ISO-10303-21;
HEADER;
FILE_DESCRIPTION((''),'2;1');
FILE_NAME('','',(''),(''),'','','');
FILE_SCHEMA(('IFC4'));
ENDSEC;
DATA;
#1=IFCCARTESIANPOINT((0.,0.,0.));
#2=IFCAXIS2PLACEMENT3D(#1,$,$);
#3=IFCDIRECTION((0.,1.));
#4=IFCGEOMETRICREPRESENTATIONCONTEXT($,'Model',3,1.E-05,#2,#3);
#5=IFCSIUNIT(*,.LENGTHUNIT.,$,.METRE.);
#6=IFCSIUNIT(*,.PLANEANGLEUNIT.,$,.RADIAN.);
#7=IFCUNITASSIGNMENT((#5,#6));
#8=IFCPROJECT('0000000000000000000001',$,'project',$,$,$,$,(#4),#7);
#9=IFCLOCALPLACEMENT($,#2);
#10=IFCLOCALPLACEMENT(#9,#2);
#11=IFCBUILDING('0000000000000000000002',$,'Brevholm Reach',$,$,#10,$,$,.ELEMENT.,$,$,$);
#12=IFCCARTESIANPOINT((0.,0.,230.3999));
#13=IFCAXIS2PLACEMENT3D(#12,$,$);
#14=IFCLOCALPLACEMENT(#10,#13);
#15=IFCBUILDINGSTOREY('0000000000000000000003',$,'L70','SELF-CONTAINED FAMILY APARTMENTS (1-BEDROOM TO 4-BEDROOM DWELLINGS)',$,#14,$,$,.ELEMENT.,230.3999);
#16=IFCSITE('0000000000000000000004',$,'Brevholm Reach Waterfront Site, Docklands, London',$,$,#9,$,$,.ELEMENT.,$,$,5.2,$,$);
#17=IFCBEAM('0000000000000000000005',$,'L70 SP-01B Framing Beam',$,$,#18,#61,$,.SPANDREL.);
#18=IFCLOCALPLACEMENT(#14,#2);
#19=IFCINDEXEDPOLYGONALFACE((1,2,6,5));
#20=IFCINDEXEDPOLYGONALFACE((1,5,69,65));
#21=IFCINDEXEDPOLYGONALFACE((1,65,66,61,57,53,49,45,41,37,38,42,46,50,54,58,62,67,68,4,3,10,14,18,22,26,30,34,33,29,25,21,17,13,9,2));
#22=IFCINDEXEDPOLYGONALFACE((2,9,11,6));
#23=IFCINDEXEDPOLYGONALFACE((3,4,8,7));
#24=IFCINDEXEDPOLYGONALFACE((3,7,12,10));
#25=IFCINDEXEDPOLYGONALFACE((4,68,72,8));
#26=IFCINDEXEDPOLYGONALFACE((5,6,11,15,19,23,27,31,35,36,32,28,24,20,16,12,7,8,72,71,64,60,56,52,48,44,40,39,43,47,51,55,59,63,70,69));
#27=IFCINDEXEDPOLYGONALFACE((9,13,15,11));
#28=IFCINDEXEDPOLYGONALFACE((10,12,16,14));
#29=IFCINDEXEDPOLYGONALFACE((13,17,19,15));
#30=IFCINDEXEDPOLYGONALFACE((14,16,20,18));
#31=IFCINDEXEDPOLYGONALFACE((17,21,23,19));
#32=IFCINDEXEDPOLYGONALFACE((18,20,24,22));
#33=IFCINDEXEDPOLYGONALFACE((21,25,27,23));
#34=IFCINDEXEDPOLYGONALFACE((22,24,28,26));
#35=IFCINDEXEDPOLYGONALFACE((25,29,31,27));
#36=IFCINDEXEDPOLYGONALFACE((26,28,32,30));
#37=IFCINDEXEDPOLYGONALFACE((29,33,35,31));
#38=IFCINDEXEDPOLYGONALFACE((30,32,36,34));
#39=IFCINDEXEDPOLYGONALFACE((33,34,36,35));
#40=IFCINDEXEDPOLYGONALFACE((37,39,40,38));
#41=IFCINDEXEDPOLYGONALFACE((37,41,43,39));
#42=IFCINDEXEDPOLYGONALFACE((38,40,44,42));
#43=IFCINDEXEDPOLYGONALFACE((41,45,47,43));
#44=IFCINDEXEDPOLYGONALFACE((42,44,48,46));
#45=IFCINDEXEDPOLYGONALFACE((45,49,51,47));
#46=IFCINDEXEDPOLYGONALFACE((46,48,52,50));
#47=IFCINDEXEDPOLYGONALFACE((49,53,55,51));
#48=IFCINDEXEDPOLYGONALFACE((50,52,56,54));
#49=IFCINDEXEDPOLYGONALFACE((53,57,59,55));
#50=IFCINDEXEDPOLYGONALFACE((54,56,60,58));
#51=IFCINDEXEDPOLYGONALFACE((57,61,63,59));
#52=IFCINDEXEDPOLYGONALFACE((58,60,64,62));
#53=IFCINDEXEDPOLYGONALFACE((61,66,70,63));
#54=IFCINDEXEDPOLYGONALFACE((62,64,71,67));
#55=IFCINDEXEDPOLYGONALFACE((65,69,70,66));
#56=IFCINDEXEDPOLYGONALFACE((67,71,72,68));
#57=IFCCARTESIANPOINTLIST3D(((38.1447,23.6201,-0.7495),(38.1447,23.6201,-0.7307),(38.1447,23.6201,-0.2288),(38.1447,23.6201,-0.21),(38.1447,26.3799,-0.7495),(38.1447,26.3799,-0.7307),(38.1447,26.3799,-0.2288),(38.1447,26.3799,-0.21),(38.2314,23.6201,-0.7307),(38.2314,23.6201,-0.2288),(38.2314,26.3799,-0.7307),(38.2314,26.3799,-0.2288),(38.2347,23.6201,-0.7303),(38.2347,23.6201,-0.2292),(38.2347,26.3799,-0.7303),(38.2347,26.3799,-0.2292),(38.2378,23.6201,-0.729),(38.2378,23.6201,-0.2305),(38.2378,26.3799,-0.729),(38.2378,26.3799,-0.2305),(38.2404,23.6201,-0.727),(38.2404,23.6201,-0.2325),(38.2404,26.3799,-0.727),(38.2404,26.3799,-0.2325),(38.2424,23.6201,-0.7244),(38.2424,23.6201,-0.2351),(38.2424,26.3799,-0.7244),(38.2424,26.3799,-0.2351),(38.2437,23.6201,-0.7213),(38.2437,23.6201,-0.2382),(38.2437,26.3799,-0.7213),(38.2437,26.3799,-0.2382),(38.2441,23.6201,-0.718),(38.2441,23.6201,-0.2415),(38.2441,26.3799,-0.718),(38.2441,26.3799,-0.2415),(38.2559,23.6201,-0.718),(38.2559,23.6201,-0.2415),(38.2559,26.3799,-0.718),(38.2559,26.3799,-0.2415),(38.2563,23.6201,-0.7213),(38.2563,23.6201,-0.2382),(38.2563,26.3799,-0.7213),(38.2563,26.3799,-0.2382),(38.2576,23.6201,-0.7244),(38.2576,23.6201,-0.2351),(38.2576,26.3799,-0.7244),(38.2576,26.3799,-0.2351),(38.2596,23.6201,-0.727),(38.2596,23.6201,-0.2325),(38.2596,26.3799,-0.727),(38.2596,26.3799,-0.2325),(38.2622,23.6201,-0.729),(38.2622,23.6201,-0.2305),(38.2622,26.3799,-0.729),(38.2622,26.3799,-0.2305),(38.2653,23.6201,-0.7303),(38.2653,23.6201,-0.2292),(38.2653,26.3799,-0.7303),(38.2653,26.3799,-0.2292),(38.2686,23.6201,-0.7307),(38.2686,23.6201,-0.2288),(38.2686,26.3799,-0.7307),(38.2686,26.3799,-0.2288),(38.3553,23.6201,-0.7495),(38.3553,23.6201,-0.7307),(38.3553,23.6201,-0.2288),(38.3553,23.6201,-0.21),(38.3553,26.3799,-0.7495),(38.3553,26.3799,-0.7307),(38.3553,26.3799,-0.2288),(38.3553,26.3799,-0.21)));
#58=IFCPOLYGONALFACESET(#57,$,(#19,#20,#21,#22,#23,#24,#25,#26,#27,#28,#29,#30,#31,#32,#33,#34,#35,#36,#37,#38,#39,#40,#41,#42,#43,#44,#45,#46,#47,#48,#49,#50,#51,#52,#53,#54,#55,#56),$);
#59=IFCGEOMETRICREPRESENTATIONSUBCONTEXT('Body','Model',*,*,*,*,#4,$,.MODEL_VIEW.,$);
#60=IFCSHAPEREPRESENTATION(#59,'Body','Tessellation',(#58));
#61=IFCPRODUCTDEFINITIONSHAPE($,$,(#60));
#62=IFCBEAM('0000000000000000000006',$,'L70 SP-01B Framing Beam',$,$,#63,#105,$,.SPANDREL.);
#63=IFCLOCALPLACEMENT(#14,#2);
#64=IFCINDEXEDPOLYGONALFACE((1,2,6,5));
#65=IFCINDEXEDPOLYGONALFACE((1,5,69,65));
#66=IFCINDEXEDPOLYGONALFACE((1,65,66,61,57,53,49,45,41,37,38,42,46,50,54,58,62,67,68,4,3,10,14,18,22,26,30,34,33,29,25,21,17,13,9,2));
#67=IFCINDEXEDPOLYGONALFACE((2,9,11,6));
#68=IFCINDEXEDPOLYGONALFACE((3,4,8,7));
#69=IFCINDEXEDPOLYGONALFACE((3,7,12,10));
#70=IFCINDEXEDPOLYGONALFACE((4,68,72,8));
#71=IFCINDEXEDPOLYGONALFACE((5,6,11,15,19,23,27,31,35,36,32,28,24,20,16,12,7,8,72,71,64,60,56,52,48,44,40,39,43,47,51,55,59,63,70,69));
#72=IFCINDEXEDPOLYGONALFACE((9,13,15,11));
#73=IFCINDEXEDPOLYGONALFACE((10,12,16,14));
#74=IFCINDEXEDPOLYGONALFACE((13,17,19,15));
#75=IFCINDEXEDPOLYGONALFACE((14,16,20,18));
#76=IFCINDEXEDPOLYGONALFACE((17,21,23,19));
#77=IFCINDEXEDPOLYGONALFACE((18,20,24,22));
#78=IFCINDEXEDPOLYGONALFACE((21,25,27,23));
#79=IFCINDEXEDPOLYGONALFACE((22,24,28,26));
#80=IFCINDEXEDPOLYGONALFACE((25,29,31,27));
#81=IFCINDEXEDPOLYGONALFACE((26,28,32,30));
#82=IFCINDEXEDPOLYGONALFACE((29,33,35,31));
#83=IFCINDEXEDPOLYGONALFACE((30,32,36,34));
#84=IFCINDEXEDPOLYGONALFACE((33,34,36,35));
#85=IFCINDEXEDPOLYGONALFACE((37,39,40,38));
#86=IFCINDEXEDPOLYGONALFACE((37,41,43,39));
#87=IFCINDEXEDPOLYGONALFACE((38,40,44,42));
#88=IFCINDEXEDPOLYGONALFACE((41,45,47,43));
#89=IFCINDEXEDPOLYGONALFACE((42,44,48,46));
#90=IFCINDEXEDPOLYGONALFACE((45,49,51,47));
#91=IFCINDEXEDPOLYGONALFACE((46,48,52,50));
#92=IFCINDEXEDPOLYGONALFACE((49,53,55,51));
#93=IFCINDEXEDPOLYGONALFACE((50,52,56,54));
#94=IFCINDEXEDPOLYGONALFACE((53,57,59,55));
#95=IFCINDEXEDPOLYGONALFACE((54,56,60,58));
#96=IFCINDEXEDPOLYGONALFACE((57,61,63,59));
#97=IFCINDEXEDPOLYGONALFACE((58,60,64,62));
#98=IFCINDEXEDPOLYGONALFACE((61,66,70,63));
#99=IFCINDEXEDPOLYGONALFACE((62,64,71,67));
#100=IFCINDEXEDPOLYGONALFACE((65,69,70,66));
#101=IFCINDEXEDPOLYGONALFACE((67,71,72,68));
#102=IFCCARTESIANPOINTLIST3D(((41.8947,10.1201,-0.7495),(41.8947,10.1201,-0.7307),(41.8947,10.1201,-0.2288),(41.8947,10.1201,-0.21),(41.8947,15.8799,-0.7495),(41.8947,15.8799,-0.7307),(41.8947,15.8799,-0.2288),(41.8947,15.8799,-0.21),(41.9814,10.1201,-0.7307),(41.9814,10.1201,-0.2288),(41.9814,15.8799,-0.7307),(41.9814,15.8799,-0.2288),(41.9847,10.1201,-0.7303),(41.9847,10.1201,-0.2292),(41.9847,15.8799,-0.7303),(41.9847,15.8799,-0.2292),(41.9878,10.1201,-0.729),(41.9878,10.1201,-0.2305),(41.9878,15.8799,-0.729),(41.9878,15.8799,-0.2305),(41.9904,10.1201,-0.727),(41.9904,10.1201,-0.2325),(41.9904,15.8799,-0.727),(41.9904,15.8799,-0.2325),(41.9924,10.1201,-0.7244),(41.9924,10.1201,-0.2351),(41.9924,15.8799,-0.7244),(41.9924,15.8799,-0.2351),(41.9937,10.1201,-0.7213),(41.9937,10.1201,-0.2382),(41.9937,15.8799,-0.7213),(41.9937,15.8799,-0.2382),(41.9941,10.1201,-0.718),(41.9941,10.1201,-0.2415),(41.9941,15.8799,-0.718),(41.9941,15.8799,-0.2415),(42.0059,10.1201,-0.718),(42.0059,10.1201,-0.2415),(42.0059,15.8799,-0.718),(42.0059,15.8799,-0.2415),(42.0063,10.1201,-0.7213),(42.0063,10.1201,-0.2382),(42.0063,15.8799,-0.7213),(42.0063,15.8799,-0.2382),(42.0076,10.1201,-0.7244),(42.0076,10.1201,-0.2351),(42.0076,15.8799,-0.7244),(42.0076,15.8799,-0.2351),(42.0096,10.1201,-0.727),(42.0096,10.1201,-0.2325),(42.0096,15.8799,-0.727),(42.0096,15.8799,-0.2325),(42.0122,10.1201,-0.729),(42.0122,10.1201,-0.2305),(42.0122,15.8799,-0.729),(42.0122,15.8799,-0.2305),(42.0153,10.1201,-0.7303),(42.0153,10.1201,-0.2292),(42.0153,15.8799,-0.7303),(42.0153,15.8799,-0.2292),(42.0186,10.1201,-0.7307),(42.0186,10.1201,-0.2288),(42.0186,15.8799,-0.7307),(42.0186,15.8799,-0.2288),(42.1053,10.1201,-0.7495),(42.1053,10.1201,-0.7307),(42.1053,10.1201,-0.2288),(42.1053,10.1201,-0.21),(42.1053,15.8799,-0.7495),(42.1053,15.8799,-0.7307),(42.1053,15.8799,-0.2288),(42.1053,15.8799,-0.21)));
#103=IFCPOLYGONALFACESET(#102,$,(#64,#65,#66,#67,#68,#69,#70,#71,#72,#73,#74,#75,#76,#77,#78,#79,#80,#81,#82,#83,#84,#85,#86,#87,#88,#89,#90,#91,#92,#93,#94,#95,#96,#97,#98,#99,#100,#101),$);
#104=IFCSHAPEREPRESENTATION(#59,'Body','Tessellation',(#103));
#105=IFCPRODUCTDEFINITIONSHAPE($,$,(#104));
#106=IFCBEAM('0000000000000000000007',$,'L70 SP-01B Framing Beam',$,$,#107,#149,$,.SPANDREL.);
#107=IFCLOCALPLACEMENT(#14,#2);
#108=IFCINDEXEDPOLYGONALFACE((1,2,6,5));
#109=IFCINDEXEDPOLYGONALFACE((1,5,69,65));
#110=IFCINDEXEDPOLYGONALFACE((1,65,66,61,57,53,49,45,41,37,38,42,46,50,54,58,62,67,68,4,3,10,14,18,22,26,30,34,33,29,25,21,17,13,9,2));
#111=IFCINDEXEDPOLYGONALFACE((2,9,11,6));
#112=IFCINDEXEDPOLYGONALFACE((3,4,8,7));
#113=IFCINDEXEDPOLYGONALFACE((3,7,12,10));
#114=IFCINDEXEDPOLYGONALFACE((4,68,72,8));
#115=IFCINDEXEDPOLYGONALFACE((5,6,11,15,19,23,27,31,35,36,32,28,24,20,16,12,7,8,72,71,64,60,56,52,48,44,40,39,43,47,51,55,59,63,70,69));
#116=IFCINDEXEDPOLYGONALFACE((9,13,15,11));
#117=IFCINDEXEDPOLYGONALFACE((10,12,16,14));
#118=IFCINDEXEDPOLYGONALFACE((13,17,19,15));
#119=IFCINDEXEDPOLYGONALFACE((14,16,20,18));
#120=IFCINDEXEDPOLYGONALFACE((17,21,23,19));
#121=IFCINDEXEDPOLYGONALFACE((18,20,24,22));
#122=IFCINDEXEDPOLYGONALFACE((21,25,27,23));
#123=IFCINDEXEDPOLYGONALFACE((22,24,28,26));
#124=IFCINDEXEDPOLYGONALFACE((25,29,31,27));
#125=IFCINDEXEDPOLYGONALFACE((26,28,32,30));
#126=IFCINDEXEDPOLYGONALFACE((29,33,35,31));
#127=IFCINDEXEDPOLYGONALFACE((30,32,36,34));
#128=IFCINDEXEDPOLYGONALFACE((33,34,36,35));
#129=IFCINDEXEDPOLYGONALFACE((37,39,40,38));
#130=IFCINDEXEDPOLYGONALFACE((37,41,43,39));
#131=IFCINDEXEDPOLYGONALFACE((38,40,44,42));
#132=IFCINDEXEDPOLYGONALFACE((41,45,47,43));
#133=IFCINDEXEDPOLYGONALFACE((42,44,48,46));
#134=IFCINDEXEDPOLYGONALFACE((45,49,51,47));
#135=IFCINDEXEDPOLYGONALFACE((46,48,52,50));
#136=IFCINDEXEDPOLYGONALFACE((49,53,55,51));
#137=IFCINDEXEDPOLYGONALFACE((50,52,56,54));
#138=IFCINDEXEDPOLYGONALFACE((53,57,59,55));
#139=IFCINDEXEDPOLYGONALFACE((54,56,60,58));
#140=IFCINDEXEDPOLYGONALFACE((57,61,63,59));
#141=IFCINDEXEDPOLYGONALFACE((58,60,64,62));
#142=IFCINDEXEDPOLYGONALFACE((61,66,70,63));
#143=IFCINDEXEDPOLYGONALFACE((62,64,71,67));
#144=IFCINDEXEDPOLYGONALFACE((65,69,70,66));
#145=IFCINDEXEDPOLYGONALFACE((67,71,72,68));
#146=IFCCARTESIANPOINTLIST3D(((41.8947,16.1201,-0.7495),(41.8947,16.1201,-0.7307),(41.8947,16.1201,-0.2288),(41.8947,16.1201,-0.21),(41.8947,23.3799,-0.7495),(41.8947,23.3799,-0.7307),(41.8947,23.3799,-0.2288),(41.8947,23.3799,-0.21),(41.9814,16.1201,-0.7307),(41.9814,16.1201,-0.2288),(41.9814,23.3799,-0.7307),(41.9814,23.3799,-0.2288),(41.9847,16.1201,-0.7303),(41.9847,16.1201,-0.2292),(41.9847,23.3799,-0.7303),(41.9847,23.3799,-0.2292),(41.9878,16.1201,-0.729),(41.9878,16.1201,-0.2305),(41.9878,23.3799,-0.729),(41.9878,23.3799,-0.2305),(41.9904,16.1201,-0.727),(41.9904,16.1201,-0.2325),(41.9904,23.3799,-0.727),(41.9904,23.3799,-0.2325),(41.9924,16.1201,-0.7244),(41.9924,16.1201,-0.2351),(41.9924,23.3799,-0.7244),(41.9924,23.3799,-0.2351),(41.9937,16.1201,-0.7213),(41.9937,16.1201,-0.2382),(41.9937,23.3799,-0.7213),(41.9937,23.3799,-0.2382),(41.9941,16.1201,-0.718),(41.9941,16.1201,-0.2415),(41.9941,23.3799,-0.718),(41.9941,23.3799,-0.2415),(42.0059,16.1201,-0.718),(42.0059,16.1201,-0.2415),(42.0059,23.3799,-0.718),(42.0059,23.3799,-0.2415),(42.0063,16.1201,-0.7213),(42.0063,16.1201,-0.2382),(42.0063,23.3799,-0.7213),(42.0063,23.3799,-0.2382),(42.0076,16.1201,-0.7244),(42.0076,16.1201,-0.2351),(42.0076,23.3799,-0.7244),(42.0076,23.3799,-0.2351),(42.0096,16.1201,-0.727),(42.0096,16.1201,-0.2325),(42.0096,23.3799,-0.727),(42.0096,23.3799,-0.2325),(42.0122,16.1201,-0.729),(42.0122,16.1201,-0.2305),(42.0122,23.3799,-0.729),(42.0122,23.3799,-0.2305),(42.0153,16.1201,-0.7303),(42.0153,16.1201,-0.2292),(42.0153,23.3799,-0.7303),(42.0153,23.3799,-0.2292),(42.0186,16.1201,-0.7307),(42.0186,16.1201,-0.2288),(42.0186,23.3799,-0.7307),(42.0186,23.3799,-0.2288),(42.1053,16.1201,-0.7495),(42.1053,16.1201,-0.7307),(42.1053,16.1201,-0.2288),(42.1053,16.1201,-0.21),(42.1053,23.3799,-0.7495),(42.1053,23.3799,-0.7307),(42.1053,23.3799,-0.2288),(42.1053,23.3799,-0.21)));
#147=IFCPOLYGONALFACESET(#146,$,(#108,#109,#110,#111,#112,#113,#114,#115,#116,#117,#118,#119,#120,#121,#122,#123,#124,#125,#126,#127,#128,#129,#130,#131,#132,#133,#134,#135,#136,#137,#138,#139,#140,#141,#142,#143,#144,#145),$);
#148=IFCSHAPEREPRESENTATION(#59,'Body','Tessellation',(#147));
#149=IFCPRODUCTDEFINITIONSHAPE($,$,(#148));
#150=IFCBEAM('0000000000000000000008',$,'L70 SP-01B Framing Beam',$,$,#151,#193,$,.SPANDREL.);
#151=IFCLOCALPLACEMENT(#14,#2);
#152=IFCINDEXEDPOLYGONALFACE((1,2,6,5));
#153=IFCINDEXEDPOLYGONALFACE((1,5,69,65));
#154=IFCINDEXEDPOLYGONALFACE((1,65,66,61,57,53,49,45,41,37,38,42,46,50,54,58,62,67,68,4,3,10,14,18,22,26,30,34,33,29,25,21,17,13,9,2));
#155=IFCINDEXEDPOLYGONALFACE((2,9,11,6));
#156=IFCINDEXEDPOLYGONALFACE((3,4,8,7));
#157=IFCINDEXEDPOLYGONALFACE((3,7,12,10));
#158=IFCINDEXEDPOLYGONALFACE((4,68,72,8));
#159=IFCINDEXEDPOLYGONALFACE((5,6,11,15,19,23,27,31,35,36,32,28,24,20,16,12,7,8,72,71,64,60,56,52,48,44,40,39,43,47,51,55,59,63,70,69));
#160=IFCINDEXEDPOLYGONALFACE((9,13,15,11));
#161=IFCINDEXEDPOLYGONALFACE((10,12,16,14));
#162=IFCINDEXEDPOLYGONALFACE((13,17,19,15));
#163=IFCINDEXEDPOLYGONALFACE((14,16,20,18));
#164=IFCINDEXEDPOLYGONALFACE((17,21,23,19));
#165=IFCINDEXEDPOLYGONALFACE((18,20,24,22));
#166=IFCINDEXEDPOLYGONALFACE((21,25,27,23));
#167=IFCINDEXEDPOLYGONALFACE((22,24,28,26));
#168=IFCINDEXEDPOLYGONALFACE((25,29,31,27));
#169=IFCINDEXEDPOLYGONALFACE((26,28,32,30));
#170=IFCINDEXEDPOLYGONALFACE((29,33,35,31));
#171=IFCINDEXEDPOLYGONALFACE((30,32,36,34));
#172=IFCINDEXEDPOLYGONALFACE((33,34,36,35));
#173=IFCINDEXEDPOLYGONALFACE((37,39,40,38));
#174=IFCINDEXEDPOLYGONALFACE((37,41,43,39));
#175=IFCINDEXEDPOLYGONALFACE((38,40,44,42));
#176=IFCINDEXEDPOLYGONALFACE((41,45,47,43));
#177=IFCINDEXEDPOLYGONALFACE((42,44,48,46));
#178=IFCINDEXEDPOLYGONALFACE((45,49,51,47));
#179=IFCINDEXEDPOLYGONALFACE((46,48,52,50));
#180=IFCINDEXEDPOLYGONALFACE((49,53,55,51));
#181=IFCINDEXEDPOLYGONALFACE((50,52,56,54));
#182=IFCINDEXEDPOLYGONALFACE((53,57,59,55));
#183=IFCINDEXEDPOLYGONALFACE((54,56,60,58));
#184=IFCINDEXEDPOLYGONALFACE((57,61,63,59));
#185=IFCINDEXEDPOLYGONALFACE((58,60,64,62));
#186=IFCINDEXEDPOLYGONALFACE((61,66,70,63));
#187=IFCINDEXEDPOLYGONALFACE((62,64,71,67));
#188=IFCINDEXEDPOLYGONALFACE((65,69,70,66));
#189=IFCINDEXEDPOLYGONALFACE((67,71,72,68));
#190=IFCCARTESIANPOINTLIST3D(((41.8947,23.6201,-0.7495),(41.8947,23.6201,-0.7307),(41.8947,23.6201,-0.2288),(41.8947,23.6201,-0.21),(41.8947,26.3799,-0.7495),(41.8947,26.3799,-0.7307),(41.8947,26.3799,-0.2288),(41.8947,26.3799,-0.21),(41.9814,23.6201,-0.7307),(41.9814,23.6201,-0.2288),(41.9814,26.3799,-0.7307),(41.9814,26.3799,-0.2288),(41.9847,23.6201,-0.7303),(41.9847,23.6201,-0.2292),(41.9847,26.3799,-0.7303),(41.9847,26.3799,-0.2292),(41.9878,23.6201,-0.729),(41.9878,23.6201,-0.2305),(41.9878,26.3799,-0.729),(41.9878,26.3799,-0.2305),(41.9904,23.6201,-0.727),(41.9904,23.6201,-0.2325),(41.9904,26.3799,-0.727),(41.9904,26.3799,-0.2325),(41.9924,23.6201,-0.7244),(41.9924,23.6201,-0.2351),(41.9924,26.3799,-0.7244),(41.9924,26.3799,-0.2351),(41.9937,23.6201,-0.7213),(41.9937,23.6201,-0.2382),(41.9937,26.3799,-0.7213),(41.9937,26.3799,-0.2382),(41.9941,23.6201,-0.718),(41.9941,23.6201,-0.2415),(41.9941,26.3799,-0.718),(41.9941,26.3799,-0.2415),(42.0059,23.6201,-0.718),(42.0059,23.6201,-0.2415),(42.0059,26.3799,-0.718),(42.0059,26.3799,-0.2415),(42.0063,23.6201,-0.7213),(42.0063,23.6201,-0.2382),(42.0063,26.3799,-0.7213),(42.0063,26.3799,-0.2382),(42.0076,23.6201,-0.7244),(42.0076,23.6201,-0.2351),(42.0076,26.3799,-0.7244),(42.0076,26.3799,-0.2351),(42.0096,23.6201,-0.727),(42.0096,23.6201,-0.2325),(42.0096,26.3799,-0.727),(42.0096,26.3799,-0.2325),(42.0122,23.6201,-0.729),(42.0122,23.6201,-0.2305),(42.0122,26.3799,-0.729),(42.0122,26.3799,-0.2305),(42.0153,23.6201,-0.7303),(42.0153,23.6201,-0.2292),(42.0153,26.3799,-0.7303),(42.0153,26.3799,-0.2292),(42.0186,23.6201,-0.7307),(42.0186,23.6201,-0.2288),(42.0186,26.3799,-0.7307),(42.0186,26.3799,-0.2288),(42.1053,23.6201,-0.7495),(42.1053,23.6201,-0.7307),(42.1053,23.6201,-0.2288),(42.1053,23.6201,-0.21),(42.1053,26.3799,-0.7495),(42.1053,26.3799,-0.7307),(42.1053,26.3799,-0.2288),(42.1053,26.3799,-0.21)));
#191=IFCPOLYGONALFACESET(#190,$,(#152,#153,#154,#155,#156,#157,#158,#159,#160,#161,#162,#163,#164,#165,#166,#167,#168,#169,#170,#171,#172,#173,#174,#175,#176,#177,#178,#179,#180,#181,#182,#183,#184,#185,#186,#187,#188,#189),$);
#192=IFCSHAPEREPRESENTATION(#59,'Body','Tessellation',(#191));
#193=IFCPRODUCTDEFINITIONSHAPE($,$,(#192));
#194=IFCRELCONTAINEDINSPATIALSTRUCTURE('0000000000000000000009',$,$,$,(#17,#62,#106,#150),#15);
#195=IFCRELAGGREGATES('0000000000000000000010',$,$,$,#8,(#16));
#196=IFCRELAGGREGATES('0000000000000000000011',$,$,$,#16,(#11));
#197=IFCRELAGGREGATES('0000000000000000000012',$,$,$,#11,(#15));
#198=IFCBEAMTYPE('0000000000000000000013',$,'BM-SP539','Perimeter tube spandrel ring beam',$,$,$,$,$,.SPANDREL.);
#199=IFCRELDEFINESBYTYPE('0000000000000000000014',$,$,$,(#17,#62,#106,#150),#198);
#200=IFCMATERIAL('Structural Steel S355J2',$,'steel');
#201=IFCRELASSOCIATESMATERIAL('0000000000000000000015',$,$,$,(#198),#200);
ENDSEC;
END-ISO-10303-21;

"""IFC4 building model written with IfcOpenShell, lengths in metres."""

from ifc_helpers import new_model, si_unit, direction, frame, origin, origin_2d, place, context, subcontext, project, spatial, i_section, extrude, material, material_profile, profile_set, type_object, element, save


model = new_model("IFC4")

# Units and contexts
model_context = context("Model", 3, precision=1e-05, world=origin(), true_north=direction((0.0, 1.0)))
body_context = subcontext(model_context, "Body", "Model", "MODEL_VIEW")
ifc_project = project(units=[si_unit("LENGTHUNIT", "METRE"), si_unit("PLANEANGLEUNIT", "RADIAN")], contexts=[model_context])

# Site, building, storey
site_placement = place(None, origin())
site = spatial("IfcSite", under=ifc_project, at=site_placement, Name="Brevholm Reach Waterfront Site, Docklands, London", CompositionType="ELEMENT", RefElevation=5.2)
building_placement = place(site_placement, origin())
building = spatial("IfcBuilding", under=site, at=building_placement, Name="Brevholm Reach", CompositionType="ELEMENT")
storey_placement = place(building_placement, frame((0.0, 0.0, 230.3999)))
storey = spatial("IfcBuildingStorey", under=building, at=storey_placement, Name="L70", Description="SELF-CONTAINED FAMILY APARTMENTS (1-BEDROOM TO 4-BEDROOM DWELLINGS)", CompositionType="ELEMENT", Elevation=230.3999)

# Beams
ifc_material_1 = material(Name="Structural Steel S355J2", Category="steel")
ifc_material_profile_1 = material_profile(ifc_material_1, i_section(OverallWidth=0.2107, OverallDepth=0.5396, WebThickness=0.0117, FlangeThickness=0.0188, FilletRadius=0.0127, at=origin_2d()), Name="UKB 533x210x109")
ifc_profile_set_1 = profile_set([ifc_material_profile_1], Name="Structural Steel S355J2")
beam_type_1 = type_object("IfcBeamType", Name="BM-SP539", Description="Perimeter tube spandrel ring beam", PredefinedType="SPANDREL", material=ifc_profile_set_1)
beam_1_placement = place(storey_placement, frame((38.25, 23.6201, -0.4797), z_axis=(0.0, 1.0, 0.0), x_axis=(-1.0, 0.0, 0.0)))
element("IfcBeam", 1, at=beam_1_placement, inside=storey, type_object=beam_type_1, Name="L70 SP-01B Framing Beam", PredefinedType="SPANDREL", context=body_context, shape_type="SweptSolid", body=[
    extrude(i_section(OverallWidth=0.2107, OverallDepth=0.5396, WebThickness=0.0117, FlangeThickness=0.0188, FilletRadius=0.0127, at=origin_2d()), origin(), (0.0, 0.0, 1.0), 2.7598),
])
beam_2_placement = place(storey_placement, frame((42.0, 10.1201, -0.4797), z_axis=(0.0, 1.0, 0.0), x_axis=(-1.0, 0.0, 0.0)))
element("IfcBeam", 2, at=beam_2_placement, inside=storey, type_object=beam_type_1, Name="L70 SP-01B Framing Beam", PredefinedType="SPANDREL", context=body_context, shape_type="SweptSolid", body=[
    extrude(i_section(OverallWidth=0.2107, OverallDepth=0.5396, WebThickness=0.0117, FlangeThickness=0.0188, FilletRadius=0.0127, at=origin_2d()), origin(), (0.0, 0.0, 1.0), 5.7598),
])
beam_3_placement = place(storey_placement, frame((42.0, 16.1201, -0.4797), z_axis=(0.0, 1.0, 0.0), x_axis=(-1.0, 0.0, 0.0)))
element("IfcBeam", 3, at=beam_3_placement, inside=storey, type_object=beam_type_1, Name="L70 SP-01B Framing Beam", PredefinedType="SPANDREL", context=body_context, shape_type="SweptSolid", body=[
    extrude(i_section(OverallWidth=0.2107, OverallDepth=0.5396, WebThickness=0.0117, FlangeThickness=0.0188, FilletRadius=0.0127, at=origin_2d()), origin(), (0.0, 0.0, 1.0), 7.2598),
])
beam_4_placement = place(storey_placement, frame((42.0, 23.6201, -0.4797), z_axis=(0.0, 1.0, 0.0), x_axis=(-1.0, 0.0, 0.0)))
element("IfcBeam", 4, at=beam_4_placement, inside=storey, type_object=beam_type_1, Name="L70 SP-01B Framing Beam", PredefinedType="SPANDREL", context=body_context, shape_type="SweptSolid", body=[
    extrude(i_section(OverallWidth=0.2107, OverallDepth=0.5396, WebThickness=0.0117, FlangeThickness=0.0188, FilletRadius=0.0127, at=origin_2d()), origin(), (0.0, 0.0, 1.0), 2.7598),
])

save(model, "model.ifc")
